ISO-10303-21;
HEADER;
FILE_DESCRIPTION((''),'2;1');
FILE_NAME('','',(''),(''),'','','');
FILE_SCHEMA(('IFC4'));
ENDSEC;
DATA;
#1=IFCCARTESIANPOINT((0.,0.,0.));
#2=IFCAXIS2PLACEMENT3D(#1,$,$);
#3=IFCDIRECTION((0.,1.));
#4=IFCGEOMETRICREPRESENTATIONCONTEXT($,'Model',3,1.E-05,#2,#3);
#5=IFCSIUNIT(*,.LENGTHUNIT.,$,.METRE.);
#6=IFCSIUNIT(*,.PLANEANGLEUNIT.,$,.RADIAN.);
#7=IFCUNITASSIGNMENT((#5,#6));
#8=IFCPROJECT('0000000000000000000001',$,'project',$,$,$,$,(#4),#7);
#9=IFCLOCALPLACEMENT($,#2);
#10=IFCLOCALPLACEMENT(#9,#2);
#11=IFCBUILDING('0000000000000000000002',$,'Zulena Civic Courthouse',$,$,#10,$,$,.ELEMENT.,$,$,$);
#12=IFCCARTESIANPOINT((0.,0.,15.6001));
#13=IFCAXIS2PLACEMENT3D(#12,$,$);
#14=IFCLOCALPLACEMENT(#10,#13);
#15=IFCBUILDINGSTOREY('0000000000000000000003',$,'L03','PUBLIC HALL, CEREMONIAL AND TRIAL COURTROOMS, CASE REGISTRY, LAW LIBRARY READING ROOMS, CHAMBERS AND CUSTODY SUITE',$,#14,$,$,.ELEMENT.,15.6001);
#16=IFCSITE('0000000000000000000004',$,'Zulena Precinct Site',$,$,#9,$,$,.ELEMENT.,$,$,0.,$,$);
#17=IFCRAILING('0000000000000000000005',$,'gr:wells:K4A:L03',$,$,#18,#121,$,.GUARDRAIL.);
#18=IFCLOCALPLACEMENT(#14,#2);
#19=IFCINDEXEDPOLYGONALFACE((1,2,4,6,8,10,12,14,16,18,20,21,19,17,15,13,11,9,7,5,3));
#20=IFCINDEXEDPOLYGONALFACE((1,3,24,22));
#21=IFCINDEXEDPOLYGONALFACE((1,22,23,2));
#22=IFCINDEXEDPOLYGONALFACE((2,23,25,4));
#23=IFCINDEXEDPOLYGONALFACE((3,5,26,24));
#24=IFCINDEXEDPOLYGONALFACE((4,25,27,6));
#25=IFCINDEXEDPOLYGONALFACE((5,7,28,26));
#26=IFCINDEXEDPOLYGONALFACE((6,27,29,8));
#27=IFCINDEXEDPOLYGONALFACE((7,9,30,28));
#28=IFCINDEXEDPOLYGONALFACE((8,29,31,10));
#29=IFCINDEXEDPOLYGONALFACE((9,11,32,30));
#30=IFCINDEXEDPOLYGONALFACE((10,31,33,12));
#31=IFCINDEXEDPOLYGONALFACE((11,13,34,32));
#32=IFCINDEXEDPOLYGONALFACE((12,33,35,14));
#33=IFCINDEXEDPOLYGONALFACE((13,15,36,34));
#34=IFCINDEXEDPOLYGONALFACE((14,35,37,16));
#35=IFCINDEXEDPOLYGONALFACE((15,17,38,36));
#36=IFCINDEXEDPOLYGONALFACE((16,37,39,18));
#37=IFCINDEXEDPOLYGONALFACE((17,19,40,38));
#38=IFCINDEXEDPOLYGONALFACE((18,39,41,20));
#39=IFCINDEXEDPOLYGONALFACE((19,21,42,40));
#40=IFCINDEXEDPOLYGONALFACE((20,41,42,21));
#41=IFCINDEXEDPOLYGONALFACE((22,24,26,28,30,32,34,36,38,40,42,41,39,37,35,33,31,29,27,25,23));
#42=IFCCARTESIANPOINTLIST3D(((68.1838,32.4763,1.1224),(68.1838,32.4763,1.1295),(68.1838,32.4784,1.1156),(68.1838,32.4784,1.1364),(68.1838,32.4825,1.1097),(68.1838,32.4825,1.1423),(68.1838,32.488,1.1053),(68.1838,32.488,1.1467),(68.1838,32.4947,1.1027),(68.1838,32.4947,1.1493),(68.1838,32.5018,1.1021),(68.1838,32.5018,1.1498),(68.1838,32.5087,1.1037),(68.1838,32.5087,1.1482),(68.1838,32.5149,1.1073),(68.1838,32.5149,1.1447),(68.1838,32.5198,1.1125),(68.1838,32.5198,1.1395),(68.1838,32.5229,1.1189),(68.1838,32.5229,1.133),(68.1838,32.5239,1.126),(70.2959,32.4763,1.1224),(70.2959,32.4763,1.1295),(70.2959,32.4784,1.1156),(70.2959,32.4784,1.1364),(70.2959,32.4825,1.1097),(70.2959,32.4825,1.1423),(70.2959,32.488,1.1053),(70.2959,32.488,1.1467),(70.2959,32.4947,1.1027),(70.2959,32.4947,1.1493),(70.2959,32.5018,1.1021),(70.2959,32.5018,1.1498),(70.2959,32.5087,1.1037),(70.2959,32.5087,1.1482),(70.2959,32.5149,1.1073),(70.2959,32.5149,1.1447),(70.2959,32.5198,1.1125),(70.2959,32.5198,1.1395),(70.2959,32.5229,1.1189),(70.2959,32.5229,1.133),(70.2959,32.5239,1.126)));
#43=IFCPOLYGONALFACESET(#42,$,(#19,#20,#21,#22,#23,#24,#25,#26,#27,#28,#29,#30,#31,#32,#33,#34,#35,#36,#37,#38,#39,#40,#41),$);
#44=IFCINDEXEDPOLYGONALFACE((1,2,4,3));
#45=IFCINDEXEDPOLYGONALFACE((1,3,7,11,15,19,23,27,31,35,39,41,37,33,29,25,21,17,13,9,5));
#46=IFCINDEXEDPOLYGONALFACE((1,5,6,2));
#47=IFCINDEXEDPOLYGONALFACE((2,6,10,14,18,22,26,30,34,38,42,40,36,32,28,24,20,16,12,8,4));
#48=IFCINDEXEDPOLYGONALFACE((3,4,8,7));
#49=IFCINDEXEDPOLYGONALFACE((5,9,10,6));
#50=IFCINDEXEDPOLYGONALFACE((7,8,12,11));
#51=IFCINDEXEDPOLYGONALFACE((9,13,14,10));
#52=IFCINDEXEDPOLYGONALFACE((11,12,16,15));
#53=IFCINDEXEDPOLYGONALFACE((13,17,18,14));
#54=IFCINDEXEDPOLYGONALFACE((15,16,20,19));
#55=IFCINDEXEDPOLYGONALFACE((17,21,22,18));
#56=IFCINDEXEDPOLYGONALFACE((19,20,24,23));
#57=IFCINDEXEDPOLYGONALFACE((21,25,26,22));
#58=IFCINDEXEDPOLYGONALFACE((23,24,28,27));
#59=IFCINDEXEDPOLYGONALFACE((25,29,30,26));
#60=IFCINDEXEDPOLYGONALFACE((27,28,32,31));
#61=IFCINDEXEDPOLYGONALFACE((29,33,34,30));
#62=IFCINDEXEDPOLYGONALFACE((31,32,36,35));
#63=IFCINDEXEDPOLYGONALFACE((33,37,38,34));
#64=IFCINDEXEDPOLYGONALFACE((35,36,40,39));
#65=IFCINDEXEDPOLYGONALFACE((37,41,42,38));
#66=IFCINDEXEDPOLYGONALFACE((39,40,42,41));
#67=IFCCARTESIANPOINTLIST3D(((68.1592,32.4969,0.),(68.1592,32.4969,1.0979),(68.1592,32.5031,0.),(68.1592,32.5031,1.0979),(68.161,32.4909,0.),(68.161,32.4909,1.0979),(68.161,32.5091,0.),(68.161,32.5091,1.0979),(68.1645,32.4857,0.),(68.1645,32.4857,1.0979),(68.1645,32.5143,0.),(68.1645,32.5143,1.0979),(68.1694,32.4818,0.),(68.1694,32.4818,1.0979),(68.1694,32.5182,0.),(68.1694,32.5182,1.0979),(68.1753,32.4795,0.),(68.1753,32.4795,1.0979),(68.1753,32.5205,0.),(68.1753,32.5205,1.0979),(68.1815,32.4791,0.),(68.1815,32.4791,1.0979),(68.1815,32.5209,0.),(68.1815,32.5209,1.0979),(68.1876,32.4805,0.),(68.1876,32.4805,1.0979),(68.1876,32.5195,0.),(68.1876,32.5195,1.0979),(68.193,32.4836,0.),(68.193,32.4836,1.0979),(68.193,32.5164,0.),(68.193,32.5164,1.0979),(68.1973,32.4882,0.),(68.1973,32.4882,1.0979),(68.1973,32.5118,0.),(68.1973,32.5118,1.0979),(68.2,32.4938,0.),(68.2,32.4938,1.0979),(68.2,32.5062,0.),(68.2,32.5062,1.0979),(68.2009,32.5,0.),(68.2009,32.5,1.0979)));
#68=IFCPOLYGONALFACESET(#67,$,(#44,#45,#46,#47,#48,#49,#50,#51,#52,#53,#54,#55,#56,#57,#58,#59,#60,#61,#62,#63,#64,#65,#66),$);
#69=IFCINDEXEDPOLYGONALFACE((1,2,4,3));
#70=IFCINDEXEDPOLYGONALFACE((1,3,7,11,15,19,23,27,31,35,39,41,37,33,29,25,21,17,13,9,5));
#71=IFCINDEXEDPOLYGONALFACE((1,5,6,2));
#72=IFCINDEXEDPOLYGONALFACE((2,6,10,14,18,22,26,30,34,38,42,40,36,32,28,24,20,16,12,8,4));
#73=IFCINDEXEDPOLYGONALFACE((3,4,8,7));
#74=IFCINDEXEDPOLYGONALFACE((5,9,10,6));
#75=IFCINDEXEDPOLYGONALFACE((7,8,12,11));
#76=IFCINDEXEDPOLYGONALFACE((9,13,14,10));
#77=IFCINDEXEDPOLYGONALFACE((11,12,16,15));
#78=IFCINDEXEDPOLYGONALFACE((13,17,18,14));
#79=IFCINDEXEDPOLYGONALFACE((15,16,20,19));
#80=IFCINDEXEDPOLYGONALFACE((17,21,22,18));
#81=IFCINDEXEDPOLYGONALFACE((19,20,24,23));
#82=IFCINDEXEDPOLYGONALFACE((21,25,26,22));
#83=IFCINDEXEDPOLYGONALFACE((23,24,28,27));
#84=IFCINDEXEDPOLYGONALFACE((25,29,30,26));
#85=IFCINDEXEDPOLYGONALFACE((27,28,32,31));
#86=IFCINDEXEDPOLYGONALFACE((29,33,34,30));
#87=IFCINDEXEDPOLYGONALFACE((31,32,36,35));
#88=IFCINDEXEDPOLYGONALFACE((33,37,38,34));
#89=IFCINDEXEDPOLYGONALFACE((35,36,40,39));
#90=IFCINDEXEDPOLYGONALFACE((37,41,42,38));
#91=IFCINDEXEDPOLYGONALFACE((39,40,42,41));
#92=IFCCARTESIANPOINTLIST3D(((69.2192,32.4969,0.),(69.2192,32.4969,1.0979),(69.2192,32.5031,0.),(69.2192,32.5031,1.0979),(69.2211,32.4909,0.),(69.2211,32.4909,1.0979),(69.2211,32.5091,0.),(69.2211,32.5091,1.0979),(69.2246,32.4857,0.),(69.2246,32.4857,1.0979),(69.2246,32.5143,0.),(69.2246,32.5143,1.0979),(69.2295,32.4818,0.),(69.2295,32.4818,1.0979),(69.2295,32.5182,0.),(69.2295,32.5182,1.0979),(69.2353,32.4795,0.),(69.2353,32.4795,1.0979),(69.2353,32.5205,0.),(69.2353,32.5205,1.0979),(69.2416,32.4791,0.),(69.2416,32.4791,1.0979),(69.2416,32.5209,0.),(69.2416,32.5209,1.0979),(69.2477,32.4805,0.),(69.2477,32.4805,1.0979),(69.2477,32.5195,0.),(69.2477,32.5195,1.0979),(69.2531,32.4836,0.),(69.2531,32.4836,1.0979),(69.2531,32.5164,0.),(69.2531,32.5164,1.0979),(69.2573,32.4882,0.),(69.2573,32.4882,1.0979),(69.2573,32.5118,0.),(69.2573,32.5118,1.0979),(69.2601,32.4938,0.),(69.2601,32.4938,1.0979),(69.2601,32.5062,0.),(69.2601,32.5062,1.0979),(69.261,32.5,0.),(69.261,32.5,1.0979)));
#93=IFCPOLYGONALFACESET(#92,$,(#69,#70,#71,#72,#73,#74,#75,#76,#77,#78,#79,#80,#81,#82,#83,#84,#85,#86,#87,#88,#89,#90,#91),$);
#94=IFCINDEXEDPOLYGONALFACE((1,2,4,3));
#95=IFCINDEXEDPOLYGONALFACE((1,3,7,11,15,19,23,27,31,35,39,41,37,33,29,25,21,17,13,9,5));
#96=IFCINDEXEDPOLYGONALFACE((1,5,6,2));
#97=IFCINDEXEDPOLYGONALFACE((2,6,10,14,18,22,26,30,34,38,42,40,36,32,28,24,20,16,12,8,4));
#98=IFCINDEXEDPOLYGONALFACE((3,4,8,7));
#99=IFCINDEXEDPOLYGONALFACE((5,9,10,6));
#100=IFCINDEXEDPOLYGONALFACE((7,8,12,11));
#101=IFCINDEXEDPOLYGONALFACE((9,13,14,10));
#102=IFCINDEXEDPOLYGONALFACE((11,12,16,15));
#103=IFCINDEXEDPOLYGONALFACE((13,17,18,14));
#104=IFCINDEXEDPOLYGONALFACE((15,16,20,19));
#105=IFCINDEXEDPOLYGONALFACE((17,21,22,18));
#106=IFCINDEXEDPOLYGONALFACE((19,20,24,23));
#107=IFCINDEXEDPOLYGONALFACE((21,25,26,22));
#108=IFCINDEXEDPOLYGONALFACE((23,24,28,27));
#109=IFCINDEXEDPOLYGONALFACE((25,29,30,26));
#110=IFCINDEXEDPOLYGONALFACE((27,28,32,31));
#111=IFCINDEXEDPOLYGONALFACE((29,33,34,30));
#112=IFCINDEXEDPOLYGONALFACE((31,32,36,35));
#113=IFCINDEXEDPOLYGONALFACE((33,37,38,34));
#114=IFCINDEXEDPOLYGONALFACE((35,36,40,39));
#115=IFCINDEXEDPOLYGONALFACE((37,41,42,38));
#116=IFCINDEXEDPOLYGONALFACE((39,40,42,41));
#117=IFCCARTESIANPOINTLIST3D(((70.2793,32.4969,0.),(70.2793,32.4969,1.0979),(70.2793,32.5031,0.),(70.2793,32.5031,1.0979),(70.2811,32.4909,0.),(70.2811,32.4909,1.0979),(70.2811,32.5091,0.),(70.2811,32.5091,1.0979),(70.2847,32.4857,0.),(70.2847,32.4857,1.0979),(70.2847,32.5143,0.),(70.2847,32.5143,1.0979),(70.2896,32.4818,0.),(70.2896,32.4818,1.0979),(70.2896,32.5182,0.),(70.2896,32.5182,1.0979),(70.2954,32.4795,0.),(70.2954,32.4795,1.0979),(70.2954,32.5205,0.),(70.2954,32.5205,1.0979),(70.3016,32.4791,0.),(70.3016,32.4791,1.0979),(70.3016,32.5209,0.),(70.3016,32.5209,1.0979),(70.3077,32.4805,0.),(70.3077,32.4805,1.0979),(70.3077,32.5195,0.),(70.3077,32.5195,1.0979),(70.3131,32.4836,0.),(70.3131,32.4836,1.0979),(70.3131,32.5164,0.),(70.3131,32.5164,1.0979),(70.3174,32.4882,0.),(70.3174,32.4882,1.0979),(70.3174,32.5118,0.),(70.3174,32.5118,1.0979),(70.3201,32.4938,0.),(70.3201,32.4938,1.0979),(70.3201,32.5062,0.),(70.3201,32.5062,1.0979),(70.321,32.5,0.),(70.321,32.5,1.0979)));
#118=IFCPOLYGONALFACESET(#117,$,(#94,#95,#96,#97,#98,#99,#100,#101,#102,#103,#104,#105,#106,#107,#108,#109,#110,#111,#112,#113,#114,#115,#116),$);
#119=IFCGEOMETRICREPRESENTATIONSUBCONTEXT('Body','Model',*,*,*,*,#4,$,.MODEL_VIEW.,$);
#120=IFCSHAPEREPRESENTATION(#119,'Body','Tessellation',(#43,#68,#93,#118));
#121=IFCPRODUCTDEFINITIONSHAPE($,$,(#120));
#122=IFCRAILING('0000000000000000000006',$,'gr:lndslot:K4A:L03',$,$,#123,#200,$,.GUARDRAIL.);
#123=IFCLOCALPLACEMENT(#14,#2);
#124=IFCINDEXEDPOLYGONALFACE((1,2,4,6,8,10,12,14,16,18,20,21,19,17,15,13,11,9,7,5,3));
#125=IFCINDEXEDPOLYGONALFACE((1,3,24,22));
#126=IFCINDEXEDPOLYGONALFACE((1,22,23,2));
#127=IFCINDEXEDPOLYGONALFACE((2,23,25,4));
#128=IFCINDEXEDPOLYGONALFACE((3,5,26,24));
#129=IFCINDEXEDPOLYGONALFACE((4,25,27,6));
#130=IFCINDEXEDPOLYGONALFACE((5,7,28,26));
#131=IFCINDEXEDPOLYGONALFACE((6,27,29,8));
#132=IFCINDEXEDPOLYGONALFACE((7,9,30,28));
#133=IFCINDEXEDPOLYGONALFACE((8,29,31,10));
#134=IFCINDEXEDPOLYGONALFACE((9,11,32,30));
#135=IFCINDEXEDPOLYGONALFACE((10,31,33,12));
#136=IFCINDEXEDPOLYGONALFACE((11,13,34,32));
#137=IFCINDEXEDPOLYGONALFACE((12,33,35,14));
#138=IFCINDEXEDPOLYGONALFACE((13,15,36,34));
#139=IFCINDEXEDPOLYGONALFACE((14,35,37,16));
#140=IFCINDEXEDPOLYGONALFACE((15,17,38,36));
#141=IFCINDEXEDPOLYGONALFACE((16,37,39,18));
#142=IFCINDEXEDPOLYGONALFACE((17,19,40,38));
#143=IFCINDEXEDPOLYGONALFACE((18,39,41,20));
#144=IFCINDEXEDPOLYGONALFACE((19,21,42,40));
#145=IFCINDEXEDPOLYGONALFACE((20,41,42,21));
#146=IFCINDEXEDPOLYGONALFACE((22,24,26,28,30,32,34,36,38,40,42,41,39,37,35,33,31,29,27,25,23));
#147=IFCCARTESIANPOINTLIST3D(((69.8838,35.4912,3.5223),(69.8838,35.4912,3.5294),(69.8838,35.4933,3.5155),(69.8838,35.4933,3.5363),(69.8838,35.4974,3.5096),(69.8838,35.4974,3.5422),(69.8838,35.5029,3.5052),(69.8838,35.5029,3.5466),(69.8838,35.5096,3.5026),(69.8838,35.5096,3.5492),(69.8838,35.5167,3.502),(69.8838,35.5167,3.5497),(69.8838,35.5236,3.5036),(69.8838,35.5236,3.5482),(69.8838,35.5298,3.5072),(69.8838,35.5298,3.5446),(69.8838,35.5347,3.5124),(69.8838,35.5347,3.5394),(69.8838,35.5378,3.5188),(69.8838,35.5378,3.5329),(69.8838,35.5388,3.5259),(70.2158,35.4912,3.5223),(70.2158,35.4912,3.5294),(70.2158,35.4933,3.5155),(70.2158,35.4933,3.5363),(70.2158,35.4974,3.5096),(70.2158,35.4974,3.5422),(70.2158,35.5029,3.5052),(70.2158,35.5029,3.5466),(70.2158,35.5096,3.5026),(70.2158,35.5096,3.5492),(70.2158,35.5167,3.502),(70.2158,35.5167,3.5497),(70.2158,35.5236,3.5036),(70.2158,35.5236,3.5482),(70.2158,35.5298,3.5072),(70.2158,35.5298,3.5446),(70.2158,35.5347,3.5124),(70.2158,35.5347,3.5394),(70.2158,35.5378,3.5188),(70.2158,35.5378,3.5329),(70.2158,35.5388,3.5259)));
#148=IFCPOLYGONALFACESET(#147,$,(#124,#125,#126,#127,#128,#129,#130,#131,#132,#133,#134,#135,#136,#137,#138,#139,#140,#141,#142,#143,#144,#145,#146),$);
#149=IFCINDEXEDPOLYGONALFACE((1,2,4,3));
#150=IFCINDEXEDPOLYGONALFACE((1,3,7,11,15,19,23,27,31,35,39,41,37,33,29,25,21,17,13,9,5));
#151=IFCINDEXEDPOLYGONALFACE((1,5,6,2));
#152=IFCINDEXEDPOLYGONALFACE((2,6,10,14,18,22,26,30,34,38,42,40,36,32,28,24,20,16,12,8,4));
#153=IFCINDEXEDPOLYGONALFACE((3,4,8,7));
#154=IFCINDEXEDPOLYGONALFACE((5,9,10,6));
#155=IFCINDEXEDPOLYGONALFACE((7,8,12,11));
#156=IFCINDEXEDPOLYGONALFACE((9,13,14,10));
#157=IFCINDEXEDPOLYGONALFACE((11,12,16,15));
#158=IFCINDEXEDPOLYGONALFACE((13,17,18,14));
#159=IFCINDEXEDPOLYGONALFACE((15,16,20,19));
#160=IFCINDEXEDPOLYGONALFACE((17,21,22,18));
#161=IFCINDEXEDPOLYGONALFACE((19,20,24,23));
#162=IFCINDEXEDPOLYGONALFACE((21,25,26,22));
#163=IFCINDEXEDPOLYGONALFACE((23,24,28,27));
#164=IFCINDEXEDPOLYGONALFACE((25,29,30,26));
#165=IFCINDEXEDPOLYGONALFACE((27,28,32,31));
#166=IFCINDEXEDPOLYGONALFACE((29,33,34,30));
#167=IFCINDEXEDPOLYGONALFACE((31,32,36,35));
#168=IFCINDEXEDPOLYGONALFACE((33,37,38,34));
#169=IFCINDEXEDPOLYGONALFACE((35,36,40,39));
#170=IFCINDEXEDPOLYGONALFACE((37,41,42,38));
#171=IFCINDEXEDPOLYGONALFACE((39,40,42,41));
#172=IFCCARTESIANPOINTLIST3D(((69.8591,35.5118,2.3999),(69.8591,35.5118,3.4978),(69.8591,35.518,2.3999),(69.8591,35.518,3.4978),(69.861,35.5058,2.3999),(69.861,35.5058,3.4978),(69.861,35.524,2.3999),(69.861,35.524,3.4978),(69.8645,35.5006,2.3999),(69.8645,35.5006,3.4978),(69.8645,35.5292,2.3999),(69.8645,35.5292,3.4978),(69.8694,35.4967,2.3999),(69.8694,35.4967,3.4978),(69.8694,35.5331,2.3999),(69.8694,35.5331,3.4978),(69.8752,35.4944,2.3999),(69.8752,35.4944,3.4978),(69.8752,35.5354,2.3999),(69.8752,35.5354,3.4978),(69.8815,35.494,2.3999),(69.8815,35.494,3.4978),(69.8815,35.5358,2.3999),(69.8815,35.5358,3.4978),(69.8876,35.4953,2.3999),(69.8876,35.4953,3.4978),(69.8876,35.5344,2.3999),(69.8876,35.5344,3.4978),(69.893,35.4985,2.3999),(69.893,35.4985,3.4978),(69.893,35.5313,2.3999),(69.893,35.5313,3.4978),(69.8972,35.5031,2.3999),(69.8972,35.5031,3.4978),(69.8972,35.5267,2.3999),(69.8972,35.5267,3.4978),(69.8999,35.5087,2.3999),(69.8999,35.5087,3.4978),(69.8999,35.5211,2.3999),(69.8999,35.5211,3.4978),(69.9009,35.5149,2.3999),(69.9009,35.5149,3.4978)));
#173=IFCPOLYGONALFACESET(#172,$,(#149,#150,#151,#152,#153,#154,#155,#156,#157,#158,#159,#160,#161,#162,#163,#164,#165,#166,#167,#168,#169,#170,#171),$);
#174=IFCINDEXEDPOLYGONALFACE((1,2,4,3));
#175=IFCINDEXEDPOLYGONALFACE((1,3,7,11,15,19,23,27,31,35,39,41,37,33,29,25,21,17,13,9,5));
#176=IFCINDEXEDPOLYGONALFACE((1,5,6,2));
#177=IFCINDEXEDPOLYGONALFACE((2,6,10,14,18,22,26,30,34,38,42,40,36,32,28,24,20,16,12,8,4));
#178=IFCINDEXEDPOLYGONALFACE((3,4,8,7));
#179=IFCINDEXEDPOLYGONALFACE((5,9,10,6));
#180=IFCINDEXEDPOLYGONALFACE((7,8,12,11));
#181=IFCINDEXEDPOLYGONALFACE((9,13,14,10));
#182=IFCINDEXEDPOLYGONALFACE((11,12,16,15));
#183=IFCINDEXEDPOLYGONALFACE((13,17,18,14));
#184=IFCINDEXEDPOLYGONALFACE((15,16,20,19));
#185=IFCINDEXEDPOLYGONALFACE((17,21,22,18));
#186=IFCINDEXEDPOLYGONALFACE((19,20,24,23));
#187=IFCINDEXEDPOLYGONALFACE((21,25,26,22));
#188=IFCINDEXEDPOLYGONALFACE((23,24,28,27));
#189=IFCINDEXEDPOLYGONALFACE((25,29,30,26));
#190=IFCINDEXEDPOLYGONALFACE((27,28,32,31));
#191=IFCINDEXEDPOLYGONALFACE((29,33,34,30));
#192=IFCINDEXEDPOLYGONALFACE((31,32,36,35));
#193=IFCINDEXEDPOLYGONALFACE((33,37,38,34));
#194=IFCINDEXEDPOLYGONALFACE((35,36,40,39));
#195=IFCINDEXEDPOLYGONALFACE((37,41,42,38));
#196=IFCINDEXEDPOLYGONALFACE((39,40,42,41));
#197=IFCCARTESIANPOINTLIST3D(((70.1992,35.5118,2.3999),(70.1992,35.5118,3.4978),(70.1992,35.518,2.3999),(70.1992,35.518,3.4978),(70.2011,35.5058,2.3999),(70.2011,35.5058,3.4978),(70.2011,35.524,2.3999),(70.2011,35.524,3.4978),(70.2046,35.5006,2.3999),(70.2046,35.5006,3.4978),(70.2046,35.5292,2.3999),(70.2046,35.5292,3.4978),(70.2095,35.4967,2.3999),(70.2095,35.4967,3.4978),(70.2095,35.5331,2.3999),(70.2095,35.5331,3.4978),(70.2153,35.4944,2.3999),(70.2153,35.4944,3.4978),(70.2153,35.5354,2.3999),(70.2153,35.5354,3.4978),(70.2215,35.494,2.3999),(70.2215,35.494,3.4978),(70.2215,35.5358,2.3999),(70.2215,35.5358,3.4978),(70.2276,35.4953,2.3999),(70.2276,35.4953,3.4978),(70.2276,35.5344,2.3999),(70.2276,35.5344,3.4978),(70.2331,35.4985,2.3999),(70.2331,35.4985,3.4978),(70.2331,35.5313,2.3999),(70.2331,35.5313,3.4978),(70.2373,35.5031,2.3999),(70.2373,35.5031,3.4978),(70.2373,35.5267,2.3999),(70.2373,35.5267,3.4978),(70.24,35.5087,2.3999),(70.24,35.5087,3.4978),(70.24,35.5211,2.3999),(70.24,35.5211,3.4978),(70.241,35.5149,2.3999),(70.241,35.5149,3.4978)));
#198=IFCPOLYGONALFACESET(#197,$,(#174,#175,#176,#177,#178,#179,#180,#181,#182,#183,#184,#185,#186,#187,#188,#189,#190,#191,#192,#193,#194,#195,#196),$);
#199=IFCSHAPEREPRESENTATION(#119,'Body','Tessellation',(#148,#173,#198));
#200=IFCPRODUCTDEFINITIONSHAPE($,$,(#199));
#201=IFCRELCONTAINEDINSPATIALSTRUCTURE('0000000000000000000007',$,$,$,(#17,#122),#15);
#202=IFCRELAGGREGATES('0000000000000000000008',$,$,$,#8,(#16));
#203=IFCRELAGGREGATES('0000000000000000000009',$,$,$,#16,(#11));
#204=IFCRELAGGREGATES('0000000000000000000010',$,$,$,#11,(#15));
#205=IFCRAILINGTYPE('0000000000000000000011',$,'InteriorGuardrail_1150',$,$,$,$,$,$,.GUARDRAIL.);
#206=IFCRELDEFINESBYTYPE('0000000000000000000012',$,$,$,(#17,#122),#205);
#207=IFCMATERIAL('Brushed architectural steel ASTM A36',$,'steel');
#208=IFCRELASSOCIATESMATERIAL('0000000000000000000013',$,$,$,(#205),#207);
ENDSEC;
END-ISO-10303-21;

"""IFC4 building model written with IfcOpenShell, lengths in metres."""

from ifc_helpers import new_model, si_unit, direction, frame, origin, origin_2d, place, context, subcontext, project, spatial, circle, extrude, material, type_object, element, save


model = new_model("IFC4")

# Units and contexts
model_context = context("Model", 3, precision=1e-05, world=origin(), true_north=direction((0.0, 1.0)))
body_context = subcontext(model_context, "Body", "Model", "MODEL_VIEW")
ifc_project = project(units=[si_unit("LENGTHUNIT", "METRE"), si_unit("PLANEANGLEUNIT", "RADIAN")], contexts=[model_context])

# Site, building, storey
site_placement = place(None, origin())
site = spatial("IfcSite", under=ifc_project, at=site_placement, Name="Zulena Precinct Site", CompositionType="ELEMENT", RefElevation=0.0)
building_placement = place(site_placement, origin())
building = spatial("IfcBuilding", under=site, at=building_placement, Name="Zulena Civic Courthouse", CompositionType="ELEMENT")
storey_placement = place(building_placement, frame((0.0, 0.0, 15.6001)))
storey = spatial("IfcBuildingStorey", under=building, at=storey_placement, Name="L03", Description="PUBLIC HALL, CEREMONIAL AND TRIAL COURTROOMS, CASE REGISTRY, LAW LIBRARY READING ROOMS, CHAMBERS AND CUSTODY SUITE", CompositionType="ELEMENT", Elevation=15.6001)

# Railings
ifc_material_1 = material(Name="Brushed architectural steel ASTM A36", Category="steel")
railing_type_1 = type_object("IfcRailingType", Name="InteriorGuardrail_1150", PredefinedType="GUARDRAIL", material=ifc_material_1)
railing_1_placement = place(storey_placement, frame((68.1799, 32.5, 0.0)))
element("IfcRailing", 1, at=railing_1_placement, inside=storey, type_object=railing_type_1, Name="gr:wells:K4A:L03", PredefinedType="GUARDRAIL", context=body_context, shape_type="SweptSolid", body=[
    extrude(circle(Radius=0.0239, at=origin_2d()), frame((0.0039, 0.0, 1.126), z_axis=(1.0, 0.0, 0.0), x_axis=(0.0, 1.0, 0.0)), (0.0, 0.0, 1.0), 2.1121),
    extrude(circle(Radius=0.021, at=origin_2d()), origin(), (0.0, 0.0, 1.0), 1.0979),
    extrude(circle(Radius=0.021, at=origin_2d()), frame((1.0601, 0.0, 0.0)), (0.0, 0.0, 1.0), 1.0979),
    extrude(circle(Radius=0.021, at=origin_2d()), frame((2.1201, 0.0, 0.0)), (0.0, 0.0, 1.0), 1.0979),
])
railing_2_placement = place(storey_placement, frame((69.8799, 35.5149, 2.3999)))
element("IfcRailing", 2, at=railing_2_placement, inside=storey, type_object=railing_type_1, Name="gr:lndslot:K4A:L03", PredefinedType="GUARDRAIL", context=body_context, shape_type="SweptSolid", body=[
    extrude(circle(Radius=0.0239, at=origin_2d()), frame((0.0039, 0.0, 1.126), z_axis=(1.0, 0.0, 0.0), x_axis=(0.0, 1.0, 0.0)), (0.0, 0.0, 1.0), 0.332),
    extrude(circle(Radius=0.021, at=origin_2d()), origin(), (0.0, 0.0, 1.0), 1.0979),
    extrude(circle(Radius=0.021, at=origin_2d()), frame((0.3401, 0.0, 0.0)), (0.0, 0.0, 1.0), 1.0979),
])

save(model, "model.ifc")
